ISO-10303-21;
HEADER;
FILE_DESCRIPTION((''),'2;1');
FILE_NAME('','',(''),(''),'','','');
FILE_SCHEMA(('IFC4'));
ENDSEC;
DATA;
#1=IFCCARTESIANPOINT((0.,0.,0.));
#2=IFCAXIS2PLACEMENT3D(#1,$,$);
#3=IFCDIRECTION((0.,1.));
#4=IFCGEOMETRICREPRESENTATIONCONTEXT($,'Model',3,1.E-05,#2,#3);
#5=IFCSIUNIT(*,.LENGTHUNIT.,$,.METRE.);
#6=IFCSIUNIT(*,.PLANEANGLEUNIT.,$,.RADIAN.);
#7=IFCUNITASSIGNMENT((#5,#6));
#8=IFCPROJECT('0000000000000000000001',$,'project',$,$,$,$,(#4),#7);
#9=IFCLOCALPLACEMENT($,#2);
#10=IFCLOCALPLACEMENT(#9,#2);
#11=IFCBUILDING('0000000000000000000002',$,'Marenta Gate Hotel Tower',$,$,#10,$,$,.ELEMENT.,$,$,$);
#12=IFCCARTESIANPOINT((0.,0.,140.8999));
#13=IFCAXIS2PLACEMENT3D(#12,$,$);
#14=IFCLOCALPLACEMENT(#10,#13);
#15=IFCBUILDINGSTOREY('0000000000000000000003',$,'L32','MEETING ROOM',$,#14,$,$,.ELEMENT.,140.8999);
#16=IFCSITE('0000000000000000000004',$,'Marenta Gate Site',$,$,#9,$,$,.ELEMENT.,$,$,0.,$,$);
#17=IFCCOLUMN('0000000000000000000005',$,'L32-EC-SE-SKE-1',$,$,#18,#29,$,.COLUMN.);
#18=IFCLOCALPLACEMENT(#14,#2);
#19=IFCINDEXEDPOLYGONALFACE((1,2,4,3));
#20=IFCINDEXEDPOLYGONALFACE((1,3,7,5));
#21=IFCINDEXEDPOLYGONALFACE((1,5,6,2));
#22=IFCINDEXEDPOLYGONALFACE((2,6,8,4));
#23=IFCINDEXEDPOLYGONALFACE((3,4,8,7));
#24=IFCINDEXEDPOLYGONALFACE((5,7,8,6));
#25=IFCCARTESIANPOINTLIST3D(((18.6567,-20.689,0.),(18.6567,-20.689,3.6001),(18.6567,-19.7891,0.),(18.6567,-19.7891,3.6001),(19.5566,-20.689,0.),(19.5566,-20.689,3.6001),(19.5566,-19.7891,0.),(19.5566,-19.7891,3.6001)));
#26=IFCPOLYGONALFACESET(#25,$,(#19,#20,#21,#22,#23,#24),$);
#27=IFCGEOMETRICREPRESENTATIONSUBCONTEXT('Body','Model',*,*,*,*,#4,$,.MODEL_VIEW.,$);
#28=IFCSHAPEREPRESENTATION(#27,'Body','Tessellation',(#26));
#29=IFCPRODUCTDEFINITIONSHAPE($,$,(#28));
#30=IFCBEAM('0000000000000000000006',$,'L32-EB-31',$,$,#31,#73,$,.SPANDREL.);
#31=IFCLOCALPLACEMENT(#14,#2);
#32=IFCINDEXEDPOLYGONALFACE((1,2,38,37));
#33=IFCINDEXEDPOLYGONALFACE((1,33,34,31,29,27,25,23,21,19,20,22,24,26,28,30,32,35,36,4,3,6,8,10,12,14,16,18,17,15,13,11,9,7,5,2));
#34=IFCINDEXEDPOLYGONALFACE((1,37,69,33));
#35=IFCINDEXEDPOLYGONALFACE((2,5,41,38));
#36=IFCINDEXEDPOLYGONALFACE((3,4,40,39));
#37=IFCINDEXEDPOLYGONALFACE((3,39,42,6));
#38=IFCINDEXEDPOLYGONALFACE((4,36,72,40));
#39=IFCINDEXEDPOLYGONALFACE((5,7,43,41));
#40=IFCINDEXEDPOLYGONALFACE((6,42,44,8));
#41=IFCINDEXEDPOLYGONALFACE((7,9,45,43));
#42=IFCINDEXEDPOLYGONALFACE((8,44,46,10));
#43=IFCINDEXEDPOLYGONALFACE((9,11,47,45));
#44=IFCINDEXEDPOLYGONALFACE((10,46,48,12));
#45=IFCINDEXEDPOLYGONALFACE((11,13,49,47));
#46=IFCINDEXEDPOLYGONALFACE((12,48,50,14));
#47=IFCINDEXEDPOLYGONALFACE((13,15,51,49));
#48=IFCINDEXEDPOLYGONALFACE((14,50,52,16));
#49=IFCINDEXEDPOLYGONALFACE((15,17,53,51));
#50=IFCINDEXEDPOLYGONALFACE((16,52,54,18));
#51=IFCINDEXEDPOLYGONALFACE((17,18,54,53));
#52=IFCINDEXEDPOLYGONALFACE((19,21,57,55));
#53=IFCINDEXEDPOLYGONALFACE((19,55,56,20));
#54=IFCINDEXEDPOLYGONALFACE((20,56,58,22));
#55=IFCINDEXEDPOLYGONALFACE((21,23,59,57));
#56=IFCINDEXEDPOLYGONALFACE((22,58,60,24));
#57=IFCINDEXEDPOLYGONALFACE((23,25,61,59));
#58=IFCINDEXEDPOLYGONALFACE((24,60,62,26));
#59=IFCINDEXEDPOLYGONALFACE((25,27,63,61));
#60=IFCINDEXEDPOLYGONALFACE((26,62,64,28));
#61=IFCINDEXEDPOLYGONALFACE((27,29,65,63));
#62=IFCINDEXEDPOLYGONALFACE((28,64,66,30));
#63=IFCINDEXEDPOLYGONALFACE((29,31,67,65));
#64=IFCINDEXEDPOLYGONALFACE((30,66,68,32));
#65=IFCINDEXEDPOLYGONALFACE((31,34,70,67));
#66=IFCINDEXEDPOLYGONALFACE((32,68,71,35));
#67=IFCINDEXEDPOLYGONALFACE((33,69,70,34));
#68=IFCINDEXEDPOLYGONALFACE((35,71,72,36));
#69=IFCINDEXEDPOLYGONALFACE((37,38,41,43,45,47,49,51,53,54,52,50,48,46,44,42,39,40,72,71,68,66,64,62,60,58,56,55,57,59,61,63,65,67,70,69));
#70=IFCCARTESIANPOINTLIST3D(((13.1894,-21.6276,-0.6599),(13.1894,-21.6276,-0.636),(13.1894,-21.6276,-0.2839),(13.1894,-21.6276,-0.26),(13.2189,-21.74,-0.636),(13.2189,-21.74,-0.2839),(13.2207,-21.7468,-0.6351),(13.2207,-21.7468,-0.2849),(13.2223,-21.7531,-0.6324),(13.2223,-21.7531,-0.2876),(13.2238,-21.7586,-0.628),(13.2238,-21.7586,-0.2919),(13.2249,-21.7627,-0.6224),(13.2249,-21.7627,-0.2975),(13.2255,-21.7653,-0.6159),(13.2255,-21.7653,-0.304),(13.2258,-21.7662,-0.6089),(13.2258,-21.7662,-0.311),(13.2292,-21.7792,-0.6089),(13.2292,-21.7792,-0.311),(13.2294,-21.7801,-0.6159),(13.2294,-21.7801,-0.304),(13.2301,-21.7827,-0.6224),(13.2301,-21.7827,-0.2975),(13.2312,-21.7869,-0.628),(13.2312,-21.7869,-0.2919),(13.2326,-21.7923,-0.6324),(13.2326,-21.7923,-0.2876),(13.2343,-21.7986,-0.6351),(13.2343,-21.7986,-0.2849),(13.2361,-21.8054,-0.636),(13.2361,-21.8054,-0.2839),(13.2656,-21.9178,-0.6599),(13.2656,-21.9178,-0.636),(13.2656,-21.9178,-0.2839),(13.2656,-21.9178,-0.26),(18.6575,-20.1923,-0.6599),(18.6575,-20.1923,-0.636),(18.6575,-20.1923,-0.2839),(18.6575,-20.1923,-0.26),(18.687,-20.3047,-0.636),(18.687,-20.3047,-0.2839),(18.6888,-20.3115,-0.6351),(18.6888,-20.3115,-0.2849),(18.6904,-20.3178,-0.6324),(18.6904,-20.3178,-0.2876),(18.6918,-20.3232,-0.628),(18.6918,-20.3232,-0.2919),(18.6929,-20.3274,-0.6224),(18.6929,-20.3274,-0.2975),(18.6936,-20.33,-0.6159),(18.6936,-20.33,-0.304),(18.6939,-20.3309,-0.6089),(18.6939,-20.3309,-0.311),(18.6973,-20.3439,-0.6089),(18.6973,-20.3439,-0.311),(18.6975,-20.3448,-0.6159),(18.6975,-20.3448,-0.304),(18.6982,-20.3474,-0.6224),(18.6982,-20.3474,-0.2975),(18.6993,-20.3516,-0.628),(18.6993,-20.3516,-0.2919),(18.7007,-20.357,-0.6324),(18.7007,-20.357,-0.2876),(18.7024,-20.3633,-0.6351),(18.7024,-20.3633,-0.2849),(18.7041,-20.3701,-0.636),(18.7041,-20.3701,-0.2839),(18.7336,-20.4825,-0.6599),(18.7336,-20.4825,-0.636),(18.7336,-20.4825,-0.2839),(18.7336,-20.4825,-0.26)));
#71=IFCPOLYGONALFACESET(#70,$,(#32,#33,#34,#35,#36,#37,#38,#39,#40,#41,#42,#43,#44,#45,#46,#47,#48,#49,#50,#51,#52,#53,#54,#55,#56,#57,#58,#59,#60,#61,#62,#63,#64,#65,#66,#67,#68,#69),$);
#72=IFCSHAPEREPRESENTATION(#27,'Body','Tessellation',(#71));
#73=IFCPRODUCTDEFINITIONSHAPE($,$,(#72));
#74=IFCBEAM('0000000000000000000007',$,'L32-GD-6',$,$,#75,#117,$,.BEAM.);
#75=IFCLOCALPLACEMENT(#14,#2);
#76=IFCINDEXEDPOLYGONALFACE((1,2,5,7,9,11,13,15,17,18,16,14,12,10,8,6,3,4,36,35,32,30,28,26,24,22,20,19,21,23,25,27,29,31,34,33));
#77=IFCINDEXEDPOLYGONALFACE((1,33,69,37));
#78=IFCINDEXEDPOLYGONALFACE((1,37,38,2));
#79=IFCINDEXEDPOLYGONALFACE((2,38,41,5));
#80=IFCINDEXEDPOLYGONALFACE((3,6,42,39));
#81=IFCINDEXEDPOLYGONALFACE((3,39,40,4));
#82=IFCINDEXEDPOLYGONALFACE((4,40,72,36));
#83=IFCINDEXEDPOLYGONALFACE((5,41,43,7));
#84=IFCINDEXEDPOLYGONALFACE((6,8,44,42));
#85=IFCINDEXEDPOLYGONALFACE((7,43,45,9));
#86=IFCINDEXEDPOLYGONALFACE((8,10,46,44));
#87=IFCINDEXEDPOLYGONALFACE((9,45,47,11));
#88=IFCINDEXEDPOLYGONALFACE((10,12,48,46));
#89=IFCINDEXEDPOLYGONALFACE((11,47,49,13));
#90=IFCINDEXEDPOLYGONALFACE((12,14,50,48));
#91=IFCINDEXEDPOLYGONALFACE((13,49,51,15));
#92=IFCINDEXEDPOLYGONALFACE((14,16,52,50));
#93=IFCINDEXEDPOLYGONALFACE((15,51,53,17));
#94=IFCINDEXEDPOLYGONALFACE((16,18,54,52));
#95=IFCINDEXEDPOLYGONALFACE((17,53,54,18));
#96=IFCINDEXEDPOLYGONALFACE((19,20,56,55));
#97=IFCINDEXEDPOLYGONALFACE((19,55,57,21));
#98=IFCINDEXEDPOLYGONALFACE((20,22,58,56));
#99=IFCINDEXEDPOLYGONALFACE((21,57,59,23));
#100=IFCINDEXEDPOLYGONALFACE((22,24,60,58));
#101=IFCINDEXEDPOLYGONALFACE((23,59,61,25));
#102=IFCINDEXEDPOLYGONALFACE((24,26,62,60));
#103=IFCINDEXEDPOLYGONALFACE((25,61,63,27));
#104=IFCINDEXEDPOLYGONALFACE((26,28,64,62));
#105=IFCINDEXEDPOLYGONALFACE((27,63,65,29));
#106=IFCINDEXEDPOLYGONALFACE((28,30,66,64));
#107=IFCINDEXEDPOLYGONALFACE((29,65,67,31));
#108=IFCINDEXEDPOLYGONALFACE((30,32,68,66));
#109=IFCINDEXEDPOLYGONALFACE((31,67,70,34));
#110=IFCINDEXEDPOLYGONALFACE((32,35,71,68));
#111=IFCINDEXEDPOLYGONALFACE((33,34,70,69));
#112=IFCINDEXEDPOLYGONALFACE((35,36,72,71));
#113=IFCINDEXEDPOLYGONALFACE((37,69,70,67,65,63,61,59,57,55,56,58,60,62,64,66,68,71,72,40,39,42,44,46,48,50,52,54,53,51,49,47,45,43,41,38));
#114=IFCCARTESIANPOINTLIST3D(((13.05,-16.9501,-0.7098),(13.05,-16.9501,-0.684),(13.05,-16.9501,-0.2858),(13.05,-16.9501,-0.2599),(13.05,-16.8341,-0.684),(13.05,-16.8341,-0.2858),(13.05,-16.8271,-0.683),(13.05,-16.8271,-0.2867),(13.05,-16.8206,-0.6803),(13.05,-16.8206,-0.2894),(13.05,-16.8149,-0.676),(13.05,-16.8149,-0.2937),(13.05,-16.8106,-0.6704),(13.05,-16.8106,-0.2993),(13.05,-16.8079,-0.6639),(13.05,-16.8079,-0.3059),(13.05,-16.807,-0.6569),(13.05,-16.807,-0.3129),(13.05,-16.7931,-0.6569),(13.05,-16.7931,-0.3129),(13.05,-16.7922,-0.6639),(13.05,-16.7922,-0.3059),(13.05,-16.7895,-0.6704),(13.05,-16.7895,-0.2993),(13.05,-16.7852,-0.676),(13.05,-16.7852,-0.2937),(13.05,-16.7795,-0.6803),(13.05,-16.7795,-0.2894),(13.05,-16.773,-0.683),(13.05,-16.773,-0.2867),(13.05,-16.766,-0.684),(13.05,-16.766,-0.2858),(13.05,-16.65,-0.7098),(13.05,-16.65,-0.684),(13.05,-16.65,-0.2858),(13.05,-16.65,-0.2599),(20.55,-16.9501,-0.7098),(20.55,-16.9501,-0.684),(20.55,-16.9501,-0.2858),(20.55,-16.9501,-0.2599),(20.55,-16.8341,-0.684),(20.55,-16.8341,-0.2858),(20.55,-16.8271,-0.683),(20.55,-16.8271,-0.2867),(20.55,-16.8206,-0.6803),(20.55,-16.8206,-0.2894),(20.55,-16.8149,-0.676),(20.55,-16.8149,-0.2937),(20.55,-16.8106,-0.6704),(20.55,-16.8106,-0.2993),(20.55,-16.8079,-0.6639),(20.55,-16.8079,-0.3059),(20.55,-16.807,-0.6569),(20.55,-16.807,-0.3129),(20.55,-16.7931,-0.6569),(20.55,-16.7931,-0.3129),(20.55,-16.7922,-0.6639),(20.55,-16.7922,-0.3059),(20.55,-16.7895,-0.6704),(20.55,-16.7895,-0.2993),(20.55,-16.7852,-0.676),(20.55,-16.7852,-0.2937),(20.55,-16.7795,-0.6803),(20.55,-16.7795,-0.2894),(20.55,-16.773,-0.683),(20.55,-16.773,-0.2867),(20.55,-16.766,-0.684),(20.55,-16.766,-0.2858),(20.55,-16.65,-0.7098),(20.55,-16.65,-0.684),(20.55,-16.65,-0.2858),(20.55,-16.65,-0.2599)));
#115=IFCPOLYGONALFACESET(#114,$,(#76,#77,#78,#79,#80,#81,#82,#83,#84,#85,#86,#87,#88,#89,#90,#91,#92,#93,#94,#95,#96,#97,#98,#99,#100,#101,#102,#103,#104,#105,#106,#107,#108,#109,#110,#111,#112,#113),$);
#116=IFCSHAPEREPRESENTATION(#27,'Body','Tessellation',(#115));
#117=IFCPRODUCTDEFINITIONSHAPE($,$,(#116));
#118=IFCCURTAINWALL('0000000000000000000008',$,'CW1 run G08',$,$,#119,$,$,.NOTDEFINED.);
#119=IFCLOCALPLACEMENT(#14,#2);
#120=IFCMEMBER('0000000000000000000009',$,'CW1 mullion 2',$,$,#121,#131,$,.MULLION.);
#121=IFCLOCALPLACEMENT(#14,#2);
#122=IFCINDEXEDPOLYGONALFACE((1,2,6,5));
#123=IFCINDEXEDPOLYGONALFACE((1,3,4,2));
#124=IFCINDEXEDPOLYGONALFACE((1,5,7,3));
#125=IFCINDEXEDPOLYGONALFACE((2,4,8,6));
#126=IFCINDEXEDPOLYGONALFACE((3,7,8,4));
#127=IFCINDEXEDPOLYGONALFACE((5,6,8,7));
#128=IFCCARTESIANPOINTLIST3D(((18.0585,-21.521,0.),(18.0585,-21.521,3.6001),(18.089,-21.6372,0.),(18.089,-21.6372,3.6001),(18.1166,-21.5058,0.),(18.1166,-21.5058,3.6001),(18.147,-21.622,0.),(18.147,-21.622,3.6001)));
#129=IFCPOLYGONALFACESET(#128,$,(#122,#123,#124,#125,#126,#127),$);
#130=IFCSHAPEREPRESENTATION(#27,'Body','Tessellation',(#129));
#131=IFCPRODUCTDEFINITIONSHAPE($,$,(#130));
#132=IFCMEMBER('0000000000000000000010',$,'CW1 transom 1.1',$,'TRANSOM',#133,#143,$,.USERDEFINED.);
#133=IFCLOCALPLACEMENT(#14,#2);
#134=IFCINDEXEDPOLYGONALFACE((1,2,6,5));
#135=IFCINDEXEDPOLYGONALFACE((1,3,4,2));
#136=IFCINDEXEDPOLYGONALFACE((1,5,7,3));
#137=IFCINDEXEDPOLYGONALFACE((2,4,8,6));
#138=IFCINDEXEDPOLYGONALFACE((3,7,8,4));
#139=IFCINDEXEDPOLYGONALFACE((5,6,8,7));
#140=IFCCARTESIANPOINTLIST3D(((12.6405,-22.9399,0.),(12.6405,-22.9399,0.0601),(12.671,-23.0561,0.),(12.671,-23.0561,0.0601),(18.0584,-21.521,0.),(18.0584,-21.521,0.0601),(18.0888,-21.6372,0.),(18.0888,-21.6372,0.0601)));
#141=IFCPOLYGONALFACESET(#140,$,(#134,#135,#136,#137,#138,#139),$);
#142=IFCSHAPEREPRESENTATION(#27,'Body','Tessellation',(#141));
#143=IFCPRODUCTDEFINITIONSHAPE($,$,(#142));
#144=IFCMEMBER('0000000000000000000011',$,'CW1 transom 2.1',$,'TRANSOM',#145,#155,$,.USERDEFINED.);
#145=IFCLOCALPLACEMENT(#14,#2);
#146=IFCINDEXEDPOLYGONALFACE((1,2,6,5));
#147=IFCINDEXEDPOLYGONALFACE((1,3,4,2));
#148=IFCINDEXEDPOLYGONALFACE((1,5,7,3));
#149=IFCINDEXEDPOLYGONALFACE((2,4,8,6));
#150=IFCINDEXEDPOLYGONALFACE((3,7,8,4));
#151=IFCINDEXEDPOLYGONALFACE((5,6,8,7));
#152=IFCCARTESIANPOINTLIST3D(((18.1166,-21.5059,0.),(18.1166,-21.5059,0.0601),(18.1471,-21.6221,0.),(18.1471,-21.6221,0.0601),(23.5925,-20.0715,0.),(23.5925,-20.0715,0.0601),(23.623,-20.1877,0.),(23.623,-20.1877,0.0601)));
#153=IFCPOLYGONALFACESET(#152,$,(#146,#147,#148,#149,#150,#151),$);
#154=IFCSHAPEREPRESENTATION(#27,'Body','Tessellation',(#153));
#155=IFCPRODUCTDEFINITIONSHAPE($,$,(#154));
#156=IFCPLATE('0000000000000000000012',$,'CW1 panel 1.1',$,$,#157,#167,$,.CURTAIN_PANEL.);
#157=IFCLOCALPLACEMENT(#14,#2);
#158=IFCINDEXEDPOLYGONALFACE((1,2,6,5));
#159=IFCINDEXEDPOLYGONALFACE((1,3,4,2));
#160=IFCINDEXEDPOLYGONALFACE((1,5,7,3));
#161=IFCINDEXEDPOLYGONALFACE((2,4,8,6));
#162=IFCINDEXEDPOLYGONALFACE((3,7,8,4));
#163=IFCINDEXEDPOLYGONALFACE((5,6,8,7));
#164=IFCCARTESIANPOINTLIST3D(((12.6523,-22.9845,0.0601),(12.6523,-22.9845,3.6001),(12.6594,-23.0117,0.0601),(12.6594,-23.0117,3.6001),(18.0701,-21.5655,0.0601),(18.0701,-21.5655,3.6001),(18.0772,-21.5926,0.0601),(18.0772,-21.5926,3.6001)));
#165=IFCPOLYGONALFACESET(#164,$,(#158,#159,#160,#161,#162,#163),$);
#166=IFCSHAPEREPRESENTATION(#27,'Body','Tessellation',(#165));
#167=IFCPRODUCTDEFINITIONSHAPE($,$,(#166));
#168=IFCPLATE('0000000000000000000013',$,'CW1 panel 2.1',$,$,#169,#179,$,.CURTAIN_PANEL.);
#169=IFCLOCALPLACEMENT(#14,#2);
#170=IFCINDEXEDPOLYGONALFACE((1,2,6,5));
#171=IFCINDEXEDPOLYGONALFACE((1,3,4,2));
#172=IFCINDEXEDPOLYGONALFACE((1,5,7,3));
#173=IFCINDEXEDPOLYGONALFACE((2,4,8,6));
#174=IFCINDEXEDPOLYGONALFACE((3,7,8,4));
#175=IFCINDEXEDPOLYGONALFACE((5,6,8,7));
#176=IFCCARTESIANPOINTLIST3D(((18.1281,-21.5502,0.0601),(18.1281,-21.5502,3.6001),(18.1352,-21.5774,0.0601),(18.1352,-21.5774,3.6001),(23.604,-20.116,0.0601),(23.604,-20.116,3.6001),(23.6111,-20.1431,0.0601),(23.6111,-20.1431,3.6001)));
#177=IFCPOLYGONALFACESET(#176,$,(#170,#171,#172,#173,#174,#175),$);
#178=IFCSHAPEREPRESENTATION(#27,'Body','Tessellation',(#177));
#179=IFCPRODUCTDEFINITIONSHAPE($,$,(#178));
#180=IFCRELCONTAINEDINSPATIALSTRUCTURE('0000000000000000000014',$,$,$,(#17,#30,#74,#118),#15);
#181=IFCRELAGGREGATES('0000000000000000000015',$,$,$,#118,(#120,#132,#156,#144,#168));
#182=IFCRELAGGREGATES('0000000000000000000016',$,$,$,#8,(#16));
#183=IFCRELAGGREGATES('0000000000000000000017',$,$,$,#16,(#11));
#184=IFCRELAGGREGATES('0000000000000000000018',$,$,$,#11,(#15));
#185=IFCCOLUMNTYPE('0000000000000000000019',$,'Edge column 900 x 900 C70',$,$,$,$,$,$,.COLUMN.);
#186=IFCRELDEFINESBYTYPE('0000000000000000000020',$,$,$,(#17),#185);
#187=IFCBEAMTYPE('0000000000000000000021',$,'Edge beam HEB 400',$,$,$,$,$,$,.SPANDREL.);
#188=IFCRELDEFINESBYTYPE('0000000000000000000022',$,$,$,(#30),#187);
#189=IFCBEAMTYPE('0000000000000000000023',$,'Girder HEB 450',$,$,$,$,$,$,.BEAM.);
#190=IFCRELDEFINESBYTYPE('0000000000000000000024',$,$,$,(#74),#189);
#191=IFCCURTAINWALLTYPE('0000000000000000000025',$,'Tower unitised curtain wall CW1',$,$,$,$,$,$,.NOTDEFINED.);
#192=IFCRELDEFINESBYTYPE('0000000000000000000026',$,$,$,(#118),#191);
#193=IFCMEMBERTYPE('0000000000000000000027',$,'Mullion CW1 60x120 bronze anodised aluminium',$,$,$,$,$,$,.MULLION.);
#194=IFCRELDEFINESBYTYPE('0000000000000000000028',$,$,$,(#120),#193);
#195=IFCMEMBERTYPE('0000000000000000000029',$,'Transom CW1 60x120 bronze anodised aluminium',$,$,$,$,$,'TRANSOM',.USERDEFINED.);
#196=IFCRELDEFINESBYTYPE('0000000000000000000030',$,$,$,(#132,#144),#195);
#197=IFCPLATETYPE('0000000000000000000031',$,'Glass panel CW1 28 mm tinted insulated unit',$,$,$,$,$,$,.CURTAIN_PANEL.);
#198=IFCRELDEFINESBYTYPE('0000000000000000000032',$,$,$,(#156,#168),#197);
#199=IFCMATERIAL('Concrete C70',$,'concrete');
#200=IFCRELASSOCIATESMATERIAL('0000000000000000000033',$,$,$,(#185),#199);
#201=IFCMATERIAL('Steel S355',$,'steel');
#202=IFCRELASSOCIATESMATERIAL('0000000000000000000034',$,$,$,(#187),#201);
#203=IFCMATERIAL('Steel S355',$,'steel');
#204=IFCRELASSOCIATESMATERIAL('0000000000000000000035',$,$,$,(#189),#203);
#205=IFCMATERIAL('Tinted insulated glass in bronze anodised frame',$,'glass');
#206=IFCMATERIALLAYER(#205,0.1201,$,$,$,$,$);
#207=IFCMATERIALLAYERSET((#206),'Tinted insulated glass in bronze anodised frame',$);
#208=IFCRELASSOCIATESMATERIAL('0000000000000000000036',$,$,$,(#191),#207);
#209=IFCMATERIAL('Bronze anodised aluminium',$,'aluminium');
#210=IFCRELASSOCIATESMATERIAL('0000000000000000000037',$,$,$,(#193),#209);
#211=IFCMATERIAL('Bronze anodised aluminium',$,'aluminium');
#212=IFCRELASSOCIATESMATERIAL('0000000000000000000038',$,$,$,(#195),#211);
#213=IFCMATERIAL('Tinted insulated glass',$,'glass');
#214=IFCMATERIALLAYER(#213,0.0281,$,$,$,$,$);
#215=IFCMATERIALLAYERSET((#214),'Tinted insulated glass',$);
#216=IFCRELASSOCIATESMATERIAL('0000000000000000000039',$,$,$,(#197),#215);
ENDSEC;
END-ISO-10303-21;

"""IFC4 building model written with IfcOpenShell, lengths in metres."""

from ifc_helpers import new_model, si_unit, direction, frame, origin, origin_2d, place, context, subcontext, project, spatial, rectangle, i_section, extrude, material, layer, layer_set, material_profile, profile_set, type_object, element, aggregate, save


model = new_model("IFC4")

# Units and contexts
model_context = context("Model", 3, precision=1e-05, world=origin(), true_north=direction((0.0, 1.0)))
body_context = subcontext(model_context, "Body", "Model", "MODEL_VIEW")
ifc_project = project(units=[si_unit("LENGTHUNIT", "METRE"), si_unit("PLANEANGLEUNIT", "RADIAN")], contexts=[model_context])

# Site, building, storey
site_placement = place(None, origin())
site = spatial("IfcSite", under=ifc_project, at=site_placement, Name="Marenta Gate Site", CompositionType="ELEMENT", RefElevation=0.0)
building_placement = place(site_placement, origin())
building = spatial("IfcBuilding", under=site, at=building_placement, Name="Marenta Gate Hotel Tower", CompositionType="ELEMENT")
storey_placement = place(building_placement, frame((0.0, 0.0, 140.8999)))
storey = spatial("IfcBuildingStorey", under=building, at=storey_placement, Name="L32", Description="MEETING ROOM", CompositionType="ELEMENT", Elevation=140.8999)

# Column
ifc_material_1 = material(Name="Concrete C70", Category="concrete")
ifc_material_profile_1 = material_profile(ifc_material_1, rectangle(XDim=0.8999, YDim=0.8999, at=origin_2d()), Name="900 x 900")
ifc_profile_set_1 = profile_set([ifc_material_profile_1], Name="Concrete C70")
column_type = type_object("IfcColumnType", Name="Edge column 900 x 900 C70", PredefinedType="COLUMN", material=ifc_profile_set_1)
column_placement = place(storey_placement, frame((19.1067, -20.239, 0.0), z_axis=(0.0, 0.0, 1.0), x_axis=(1.0, 0.0, 0.0)))
element("IfcColumn", 1, at=column_placement, inside=storey, type_object=column_type, Name="L32-EC-SE-SKE-1", PredefinedType="COLUMN", context=body_context, shape_type="SweptSolid", body=[
    extrude(rectangle(XDim=0.8999, YDim=0.8999, at=origin_2d()), origin(), (0.0, 0.0, 1.0), 3.6001),
])

# Beams
ifc_material_2 = material(Name="Steel S355", Category="steel")
ifc_material_profile_2 = material_profile(ifc_material_2, i_section(OverallWidth=0.3, OverallDepth=0.3999, WebThickness=0.0134, FlangeThickness=0.0239, FilletRadius=0.0271, at=origin_2d()), Name="HEB 400")
ifc_profile_set_2 = profile_set([ifc_material_profile_2], Name="Steel S355")
beam_type_1 = type_object("IfcBeamType", Name="Edge beam HEB 400", PredefinedType="SPANDREL", material=ifc_profile_set_2)
beam_1_placement = place(storey_placement, frame((18.6956, -20.3374, -0.46), z_axis=(-0.967233, -0.25389, 0.0), x_axis=(0.25389, -0.967233, 0.0)))
element("IfcBeam", 2, at=beam_1_placement, inside=storey, type_object=beam_type_1, Name="L32-EB-31", PredefinedType="SPANDREL", context=body_context, shape_type="SweptSolid", body=[
    extrude(i_section(OverallWidth=0.3, OverallDepth=0.3999, WebThickness=0.0134, FlangeThickness=0.0239, FilletRadius=0.0271, at=origin_2d()), origin(), (0.0, 0.0, 1.0), 5.6533),
])
ifc_material_3 = material(Name="Steel S355", Category="steel")
ifc_material_profile_3 = material_profile(ifc_material_3, i_section(OverallWidth=0.3, OverallDepth=0.45, WebThickness=0.0139, FlangeThickness=0.0259, FilletRadius=0.0271, at=origin_2d()), Name="HEB 450")
ifc_profile_set_3 = profile_set([ifc_material_profile_3], Name="Steel S355")
beam_type_2 = type_object("IfcBeamType", Name="Girder HEB 450", PredefinedType="BEAM", material=ifc_profile_set_3)
beam_2_placement = place(storey_placement, frame((13.05, -16.8, -0.4849), z_axis=(1.0, 0.0, 0.0), x_axis=(0.0, 1.0, 0.0)))
element("IfcBeam", 3, at=beam_2_placement, inside=storey, type_object=beam_type_2, Name="L32-GD-6", PredefinedType="BEAM", context=body_context, shape_type="SweptSolid", body=[
    extrude(i_section(OverallWidth=0.3, OverallDepth=0.45, WebThickness=0.0139, FlangeThickness=0.0259, FilletRadius=0.0271, at=origin_2d()), origin(), (0.0, 0.0, 1.0), 7.5),
])

# Curtain wall, members, plates
ifc_material_4 = material(Name="Tinted insulated glass in bronze anodised frame", Category="glass")
ifc_layer_1 = layer(ifc_material_4, 0.1201)
ifc_layer_set_1 = layer_set([ifc_layer_1], Name="Tinted insulated glass in bronze anodised frame")
curtain_wall_type = type_object("IfcCurtainWallType", Name="Tower unitised curtain wall CW1", PredefinedType="NOTDEFINED", material=ifc_layer_set_1)
curtain_wall_placement = place(storey_placement, origin())
curtain_wall = element("IfcCurtainWall", 4, at=curtain_wall_placement, inside=storey, type_object=curtain_wall_type, Name="CW1 run G08", PredefinedType="NOTDEFINED")
ifc_material_5 = material(Name="Bronze anodised aluminium", Category="aluminium")
ifc_material_profile_4 = material_profile(ifc_material_5, rectangle(XDim=0.1201, YDim=0.0601, at=origin_2d()), Name="Mullion CW1 60x120 bronze anodised aluminium")
ifc_profile_set_4 = profile_set([ifc_material_profile_4], Name="Bronze anodised aluminium")
member_type_1 = type_object("IfcMemberType", Name="Mullion CW1 60x120 bronze anodised aluminium", PredefinedType="MULLION", material=ifc_profile_set_4)
member_1_placement = place(storey_placement, frame((18.1028, -21.5715, 0.0), z_axis=(0.0, 0.0, 1.0), x_axis=(-0.253374, 0.967368, 0.0)))
member_1 = element("IfcMember", 5, at=member_1_placement, type_object=member_type_1, Name="CW1 mullion 2", PredefinedType="MULLION", context=body_context, shape_type="SweptSolid", body=[
    extrude(rectangle(XDim=0.1201, YDim=0.0601, at=origin_2d()), origin(), (0.0, 0.0, 1.0), 3.6001),
])
ifc_material_6 = material(Name="Bronze anodised aluminium", Category="aluminium")
ifc_material_profile_5 = material_profile(ifc_material_6, rectangle(XDim=0.1201, YDim=0.0601, at=origin_2d()), Name="Transom CW1 60x120 bronze anodised aluminium")
ifc_profile_set_5 = profile_set([ifc_material_profile_5], Name="Bronze anodised aluminium")
member_type_2 = type_object("IfcMemberType", Name="Transom CW1 60x120 bronze anodised aluminium", ElementType="TRANSOM", PredefinedType="USERDEFINED", material=ifc_profile_set_5)
member_2_placement = place(storey_placement, frame((12.6558, -22.998, 0.03), z_axis=(0.967374, 0.253352, 0.0), x_axis=(-0.253352, 0.967374, 0.0)))
member_2 = element("IfcMember", 6, at=member_2_placement, type_object=member_type_2, Name="CW1 transom 1.1", ObjectType="TRANSOM", PredefinedType="USERDEFINED", context=body_context, shape_type="SweptSolid", body=[
    extrude(rectangle(XDim=0.1201, YDim=0.0601, at=origin_2d()), origin(), (0.0, 0.0, 1.0), 5.6006),
])
member_3_placement = place(storey_placement, frame((18.1318, -21.564, 0.03), z_axis=(0.967364, 0.253389, 0.0), x_axis=(-0.253389, 0.967364, 0.0)))
member_3 = element("IfcMember", 7, at=member_3_placement, type_object=member_type_2, Name="CW1 transom 2.1", ObjectType="TRANSOM", PredefinedType="USERDEFINED", context=body_context, shape_type="SweptSolid", body=[
    extrude(rectangle(XDim=0.1201, YDim=0.0601, at=origin_2d()), origin(), (0.0, 0.0, 1.0), 5.6606),
])
ifc_material_7 = material(Name="Tinted insulated glass", Category="glass")
ifc_layer_2 = layer(ifc_material_7, 0.0281)
ifc_layer_set_2 = layer_set([ifc_layer_2], Name="Tinted insulated glass")
plate_type = type_object("IfcPlateType", Name="Glass panel CW1 28 mm tinted insulated unit", PredefinedType="CURTAIN_PANEL", material=ifc_layer_set_2)
plate_1_placement = place(storey_placement, frame((15.3647, -22.2886, 0.0601), z_axis=(0.0, 0.0, 1.0), x_axis=(0.967368, 0.253374, 0.0)))
plate_1 = element("IfcPlate", 8, at=plate_1_placement, type_object=plate_type, Name="CW1 panel 1.1", PredefinedType="CURTAIN_PANEL", context=body_context, shape_type="SweptSolid", body=[
    extrude(rectangle(XDim=5.6006, YDim=0.0281, at=origin_2d()), origin(), (0.0, 0.0, 1.0), 3.54),
])
plate_2_placement = place(storey_placement, frame((20.8696, -20.8467, 0.0601), z_axis=(0.0, 0.0, 1.0), x_axis=(0.967368, 0.253374, 0.0)))
plate_2 = element("IfcPlate", 9, at=plate_2_placement, type_object=plate_type, Name="CW1 panel 2.1", PredefinedType="CURTAIN_PANEL", context=body_context, shape_type="SweptSolid", body=[
    extrude(rectangle(XDim=5.6606, YDim=0.0281, at=origin_2d()), origin(), (0.0, 0.0, 1.0), 3.54),
])
aggregate(curtain_wall, [member_1, member_2, plate_1, member_3, plate_2])

save(model, "model.ifc")
